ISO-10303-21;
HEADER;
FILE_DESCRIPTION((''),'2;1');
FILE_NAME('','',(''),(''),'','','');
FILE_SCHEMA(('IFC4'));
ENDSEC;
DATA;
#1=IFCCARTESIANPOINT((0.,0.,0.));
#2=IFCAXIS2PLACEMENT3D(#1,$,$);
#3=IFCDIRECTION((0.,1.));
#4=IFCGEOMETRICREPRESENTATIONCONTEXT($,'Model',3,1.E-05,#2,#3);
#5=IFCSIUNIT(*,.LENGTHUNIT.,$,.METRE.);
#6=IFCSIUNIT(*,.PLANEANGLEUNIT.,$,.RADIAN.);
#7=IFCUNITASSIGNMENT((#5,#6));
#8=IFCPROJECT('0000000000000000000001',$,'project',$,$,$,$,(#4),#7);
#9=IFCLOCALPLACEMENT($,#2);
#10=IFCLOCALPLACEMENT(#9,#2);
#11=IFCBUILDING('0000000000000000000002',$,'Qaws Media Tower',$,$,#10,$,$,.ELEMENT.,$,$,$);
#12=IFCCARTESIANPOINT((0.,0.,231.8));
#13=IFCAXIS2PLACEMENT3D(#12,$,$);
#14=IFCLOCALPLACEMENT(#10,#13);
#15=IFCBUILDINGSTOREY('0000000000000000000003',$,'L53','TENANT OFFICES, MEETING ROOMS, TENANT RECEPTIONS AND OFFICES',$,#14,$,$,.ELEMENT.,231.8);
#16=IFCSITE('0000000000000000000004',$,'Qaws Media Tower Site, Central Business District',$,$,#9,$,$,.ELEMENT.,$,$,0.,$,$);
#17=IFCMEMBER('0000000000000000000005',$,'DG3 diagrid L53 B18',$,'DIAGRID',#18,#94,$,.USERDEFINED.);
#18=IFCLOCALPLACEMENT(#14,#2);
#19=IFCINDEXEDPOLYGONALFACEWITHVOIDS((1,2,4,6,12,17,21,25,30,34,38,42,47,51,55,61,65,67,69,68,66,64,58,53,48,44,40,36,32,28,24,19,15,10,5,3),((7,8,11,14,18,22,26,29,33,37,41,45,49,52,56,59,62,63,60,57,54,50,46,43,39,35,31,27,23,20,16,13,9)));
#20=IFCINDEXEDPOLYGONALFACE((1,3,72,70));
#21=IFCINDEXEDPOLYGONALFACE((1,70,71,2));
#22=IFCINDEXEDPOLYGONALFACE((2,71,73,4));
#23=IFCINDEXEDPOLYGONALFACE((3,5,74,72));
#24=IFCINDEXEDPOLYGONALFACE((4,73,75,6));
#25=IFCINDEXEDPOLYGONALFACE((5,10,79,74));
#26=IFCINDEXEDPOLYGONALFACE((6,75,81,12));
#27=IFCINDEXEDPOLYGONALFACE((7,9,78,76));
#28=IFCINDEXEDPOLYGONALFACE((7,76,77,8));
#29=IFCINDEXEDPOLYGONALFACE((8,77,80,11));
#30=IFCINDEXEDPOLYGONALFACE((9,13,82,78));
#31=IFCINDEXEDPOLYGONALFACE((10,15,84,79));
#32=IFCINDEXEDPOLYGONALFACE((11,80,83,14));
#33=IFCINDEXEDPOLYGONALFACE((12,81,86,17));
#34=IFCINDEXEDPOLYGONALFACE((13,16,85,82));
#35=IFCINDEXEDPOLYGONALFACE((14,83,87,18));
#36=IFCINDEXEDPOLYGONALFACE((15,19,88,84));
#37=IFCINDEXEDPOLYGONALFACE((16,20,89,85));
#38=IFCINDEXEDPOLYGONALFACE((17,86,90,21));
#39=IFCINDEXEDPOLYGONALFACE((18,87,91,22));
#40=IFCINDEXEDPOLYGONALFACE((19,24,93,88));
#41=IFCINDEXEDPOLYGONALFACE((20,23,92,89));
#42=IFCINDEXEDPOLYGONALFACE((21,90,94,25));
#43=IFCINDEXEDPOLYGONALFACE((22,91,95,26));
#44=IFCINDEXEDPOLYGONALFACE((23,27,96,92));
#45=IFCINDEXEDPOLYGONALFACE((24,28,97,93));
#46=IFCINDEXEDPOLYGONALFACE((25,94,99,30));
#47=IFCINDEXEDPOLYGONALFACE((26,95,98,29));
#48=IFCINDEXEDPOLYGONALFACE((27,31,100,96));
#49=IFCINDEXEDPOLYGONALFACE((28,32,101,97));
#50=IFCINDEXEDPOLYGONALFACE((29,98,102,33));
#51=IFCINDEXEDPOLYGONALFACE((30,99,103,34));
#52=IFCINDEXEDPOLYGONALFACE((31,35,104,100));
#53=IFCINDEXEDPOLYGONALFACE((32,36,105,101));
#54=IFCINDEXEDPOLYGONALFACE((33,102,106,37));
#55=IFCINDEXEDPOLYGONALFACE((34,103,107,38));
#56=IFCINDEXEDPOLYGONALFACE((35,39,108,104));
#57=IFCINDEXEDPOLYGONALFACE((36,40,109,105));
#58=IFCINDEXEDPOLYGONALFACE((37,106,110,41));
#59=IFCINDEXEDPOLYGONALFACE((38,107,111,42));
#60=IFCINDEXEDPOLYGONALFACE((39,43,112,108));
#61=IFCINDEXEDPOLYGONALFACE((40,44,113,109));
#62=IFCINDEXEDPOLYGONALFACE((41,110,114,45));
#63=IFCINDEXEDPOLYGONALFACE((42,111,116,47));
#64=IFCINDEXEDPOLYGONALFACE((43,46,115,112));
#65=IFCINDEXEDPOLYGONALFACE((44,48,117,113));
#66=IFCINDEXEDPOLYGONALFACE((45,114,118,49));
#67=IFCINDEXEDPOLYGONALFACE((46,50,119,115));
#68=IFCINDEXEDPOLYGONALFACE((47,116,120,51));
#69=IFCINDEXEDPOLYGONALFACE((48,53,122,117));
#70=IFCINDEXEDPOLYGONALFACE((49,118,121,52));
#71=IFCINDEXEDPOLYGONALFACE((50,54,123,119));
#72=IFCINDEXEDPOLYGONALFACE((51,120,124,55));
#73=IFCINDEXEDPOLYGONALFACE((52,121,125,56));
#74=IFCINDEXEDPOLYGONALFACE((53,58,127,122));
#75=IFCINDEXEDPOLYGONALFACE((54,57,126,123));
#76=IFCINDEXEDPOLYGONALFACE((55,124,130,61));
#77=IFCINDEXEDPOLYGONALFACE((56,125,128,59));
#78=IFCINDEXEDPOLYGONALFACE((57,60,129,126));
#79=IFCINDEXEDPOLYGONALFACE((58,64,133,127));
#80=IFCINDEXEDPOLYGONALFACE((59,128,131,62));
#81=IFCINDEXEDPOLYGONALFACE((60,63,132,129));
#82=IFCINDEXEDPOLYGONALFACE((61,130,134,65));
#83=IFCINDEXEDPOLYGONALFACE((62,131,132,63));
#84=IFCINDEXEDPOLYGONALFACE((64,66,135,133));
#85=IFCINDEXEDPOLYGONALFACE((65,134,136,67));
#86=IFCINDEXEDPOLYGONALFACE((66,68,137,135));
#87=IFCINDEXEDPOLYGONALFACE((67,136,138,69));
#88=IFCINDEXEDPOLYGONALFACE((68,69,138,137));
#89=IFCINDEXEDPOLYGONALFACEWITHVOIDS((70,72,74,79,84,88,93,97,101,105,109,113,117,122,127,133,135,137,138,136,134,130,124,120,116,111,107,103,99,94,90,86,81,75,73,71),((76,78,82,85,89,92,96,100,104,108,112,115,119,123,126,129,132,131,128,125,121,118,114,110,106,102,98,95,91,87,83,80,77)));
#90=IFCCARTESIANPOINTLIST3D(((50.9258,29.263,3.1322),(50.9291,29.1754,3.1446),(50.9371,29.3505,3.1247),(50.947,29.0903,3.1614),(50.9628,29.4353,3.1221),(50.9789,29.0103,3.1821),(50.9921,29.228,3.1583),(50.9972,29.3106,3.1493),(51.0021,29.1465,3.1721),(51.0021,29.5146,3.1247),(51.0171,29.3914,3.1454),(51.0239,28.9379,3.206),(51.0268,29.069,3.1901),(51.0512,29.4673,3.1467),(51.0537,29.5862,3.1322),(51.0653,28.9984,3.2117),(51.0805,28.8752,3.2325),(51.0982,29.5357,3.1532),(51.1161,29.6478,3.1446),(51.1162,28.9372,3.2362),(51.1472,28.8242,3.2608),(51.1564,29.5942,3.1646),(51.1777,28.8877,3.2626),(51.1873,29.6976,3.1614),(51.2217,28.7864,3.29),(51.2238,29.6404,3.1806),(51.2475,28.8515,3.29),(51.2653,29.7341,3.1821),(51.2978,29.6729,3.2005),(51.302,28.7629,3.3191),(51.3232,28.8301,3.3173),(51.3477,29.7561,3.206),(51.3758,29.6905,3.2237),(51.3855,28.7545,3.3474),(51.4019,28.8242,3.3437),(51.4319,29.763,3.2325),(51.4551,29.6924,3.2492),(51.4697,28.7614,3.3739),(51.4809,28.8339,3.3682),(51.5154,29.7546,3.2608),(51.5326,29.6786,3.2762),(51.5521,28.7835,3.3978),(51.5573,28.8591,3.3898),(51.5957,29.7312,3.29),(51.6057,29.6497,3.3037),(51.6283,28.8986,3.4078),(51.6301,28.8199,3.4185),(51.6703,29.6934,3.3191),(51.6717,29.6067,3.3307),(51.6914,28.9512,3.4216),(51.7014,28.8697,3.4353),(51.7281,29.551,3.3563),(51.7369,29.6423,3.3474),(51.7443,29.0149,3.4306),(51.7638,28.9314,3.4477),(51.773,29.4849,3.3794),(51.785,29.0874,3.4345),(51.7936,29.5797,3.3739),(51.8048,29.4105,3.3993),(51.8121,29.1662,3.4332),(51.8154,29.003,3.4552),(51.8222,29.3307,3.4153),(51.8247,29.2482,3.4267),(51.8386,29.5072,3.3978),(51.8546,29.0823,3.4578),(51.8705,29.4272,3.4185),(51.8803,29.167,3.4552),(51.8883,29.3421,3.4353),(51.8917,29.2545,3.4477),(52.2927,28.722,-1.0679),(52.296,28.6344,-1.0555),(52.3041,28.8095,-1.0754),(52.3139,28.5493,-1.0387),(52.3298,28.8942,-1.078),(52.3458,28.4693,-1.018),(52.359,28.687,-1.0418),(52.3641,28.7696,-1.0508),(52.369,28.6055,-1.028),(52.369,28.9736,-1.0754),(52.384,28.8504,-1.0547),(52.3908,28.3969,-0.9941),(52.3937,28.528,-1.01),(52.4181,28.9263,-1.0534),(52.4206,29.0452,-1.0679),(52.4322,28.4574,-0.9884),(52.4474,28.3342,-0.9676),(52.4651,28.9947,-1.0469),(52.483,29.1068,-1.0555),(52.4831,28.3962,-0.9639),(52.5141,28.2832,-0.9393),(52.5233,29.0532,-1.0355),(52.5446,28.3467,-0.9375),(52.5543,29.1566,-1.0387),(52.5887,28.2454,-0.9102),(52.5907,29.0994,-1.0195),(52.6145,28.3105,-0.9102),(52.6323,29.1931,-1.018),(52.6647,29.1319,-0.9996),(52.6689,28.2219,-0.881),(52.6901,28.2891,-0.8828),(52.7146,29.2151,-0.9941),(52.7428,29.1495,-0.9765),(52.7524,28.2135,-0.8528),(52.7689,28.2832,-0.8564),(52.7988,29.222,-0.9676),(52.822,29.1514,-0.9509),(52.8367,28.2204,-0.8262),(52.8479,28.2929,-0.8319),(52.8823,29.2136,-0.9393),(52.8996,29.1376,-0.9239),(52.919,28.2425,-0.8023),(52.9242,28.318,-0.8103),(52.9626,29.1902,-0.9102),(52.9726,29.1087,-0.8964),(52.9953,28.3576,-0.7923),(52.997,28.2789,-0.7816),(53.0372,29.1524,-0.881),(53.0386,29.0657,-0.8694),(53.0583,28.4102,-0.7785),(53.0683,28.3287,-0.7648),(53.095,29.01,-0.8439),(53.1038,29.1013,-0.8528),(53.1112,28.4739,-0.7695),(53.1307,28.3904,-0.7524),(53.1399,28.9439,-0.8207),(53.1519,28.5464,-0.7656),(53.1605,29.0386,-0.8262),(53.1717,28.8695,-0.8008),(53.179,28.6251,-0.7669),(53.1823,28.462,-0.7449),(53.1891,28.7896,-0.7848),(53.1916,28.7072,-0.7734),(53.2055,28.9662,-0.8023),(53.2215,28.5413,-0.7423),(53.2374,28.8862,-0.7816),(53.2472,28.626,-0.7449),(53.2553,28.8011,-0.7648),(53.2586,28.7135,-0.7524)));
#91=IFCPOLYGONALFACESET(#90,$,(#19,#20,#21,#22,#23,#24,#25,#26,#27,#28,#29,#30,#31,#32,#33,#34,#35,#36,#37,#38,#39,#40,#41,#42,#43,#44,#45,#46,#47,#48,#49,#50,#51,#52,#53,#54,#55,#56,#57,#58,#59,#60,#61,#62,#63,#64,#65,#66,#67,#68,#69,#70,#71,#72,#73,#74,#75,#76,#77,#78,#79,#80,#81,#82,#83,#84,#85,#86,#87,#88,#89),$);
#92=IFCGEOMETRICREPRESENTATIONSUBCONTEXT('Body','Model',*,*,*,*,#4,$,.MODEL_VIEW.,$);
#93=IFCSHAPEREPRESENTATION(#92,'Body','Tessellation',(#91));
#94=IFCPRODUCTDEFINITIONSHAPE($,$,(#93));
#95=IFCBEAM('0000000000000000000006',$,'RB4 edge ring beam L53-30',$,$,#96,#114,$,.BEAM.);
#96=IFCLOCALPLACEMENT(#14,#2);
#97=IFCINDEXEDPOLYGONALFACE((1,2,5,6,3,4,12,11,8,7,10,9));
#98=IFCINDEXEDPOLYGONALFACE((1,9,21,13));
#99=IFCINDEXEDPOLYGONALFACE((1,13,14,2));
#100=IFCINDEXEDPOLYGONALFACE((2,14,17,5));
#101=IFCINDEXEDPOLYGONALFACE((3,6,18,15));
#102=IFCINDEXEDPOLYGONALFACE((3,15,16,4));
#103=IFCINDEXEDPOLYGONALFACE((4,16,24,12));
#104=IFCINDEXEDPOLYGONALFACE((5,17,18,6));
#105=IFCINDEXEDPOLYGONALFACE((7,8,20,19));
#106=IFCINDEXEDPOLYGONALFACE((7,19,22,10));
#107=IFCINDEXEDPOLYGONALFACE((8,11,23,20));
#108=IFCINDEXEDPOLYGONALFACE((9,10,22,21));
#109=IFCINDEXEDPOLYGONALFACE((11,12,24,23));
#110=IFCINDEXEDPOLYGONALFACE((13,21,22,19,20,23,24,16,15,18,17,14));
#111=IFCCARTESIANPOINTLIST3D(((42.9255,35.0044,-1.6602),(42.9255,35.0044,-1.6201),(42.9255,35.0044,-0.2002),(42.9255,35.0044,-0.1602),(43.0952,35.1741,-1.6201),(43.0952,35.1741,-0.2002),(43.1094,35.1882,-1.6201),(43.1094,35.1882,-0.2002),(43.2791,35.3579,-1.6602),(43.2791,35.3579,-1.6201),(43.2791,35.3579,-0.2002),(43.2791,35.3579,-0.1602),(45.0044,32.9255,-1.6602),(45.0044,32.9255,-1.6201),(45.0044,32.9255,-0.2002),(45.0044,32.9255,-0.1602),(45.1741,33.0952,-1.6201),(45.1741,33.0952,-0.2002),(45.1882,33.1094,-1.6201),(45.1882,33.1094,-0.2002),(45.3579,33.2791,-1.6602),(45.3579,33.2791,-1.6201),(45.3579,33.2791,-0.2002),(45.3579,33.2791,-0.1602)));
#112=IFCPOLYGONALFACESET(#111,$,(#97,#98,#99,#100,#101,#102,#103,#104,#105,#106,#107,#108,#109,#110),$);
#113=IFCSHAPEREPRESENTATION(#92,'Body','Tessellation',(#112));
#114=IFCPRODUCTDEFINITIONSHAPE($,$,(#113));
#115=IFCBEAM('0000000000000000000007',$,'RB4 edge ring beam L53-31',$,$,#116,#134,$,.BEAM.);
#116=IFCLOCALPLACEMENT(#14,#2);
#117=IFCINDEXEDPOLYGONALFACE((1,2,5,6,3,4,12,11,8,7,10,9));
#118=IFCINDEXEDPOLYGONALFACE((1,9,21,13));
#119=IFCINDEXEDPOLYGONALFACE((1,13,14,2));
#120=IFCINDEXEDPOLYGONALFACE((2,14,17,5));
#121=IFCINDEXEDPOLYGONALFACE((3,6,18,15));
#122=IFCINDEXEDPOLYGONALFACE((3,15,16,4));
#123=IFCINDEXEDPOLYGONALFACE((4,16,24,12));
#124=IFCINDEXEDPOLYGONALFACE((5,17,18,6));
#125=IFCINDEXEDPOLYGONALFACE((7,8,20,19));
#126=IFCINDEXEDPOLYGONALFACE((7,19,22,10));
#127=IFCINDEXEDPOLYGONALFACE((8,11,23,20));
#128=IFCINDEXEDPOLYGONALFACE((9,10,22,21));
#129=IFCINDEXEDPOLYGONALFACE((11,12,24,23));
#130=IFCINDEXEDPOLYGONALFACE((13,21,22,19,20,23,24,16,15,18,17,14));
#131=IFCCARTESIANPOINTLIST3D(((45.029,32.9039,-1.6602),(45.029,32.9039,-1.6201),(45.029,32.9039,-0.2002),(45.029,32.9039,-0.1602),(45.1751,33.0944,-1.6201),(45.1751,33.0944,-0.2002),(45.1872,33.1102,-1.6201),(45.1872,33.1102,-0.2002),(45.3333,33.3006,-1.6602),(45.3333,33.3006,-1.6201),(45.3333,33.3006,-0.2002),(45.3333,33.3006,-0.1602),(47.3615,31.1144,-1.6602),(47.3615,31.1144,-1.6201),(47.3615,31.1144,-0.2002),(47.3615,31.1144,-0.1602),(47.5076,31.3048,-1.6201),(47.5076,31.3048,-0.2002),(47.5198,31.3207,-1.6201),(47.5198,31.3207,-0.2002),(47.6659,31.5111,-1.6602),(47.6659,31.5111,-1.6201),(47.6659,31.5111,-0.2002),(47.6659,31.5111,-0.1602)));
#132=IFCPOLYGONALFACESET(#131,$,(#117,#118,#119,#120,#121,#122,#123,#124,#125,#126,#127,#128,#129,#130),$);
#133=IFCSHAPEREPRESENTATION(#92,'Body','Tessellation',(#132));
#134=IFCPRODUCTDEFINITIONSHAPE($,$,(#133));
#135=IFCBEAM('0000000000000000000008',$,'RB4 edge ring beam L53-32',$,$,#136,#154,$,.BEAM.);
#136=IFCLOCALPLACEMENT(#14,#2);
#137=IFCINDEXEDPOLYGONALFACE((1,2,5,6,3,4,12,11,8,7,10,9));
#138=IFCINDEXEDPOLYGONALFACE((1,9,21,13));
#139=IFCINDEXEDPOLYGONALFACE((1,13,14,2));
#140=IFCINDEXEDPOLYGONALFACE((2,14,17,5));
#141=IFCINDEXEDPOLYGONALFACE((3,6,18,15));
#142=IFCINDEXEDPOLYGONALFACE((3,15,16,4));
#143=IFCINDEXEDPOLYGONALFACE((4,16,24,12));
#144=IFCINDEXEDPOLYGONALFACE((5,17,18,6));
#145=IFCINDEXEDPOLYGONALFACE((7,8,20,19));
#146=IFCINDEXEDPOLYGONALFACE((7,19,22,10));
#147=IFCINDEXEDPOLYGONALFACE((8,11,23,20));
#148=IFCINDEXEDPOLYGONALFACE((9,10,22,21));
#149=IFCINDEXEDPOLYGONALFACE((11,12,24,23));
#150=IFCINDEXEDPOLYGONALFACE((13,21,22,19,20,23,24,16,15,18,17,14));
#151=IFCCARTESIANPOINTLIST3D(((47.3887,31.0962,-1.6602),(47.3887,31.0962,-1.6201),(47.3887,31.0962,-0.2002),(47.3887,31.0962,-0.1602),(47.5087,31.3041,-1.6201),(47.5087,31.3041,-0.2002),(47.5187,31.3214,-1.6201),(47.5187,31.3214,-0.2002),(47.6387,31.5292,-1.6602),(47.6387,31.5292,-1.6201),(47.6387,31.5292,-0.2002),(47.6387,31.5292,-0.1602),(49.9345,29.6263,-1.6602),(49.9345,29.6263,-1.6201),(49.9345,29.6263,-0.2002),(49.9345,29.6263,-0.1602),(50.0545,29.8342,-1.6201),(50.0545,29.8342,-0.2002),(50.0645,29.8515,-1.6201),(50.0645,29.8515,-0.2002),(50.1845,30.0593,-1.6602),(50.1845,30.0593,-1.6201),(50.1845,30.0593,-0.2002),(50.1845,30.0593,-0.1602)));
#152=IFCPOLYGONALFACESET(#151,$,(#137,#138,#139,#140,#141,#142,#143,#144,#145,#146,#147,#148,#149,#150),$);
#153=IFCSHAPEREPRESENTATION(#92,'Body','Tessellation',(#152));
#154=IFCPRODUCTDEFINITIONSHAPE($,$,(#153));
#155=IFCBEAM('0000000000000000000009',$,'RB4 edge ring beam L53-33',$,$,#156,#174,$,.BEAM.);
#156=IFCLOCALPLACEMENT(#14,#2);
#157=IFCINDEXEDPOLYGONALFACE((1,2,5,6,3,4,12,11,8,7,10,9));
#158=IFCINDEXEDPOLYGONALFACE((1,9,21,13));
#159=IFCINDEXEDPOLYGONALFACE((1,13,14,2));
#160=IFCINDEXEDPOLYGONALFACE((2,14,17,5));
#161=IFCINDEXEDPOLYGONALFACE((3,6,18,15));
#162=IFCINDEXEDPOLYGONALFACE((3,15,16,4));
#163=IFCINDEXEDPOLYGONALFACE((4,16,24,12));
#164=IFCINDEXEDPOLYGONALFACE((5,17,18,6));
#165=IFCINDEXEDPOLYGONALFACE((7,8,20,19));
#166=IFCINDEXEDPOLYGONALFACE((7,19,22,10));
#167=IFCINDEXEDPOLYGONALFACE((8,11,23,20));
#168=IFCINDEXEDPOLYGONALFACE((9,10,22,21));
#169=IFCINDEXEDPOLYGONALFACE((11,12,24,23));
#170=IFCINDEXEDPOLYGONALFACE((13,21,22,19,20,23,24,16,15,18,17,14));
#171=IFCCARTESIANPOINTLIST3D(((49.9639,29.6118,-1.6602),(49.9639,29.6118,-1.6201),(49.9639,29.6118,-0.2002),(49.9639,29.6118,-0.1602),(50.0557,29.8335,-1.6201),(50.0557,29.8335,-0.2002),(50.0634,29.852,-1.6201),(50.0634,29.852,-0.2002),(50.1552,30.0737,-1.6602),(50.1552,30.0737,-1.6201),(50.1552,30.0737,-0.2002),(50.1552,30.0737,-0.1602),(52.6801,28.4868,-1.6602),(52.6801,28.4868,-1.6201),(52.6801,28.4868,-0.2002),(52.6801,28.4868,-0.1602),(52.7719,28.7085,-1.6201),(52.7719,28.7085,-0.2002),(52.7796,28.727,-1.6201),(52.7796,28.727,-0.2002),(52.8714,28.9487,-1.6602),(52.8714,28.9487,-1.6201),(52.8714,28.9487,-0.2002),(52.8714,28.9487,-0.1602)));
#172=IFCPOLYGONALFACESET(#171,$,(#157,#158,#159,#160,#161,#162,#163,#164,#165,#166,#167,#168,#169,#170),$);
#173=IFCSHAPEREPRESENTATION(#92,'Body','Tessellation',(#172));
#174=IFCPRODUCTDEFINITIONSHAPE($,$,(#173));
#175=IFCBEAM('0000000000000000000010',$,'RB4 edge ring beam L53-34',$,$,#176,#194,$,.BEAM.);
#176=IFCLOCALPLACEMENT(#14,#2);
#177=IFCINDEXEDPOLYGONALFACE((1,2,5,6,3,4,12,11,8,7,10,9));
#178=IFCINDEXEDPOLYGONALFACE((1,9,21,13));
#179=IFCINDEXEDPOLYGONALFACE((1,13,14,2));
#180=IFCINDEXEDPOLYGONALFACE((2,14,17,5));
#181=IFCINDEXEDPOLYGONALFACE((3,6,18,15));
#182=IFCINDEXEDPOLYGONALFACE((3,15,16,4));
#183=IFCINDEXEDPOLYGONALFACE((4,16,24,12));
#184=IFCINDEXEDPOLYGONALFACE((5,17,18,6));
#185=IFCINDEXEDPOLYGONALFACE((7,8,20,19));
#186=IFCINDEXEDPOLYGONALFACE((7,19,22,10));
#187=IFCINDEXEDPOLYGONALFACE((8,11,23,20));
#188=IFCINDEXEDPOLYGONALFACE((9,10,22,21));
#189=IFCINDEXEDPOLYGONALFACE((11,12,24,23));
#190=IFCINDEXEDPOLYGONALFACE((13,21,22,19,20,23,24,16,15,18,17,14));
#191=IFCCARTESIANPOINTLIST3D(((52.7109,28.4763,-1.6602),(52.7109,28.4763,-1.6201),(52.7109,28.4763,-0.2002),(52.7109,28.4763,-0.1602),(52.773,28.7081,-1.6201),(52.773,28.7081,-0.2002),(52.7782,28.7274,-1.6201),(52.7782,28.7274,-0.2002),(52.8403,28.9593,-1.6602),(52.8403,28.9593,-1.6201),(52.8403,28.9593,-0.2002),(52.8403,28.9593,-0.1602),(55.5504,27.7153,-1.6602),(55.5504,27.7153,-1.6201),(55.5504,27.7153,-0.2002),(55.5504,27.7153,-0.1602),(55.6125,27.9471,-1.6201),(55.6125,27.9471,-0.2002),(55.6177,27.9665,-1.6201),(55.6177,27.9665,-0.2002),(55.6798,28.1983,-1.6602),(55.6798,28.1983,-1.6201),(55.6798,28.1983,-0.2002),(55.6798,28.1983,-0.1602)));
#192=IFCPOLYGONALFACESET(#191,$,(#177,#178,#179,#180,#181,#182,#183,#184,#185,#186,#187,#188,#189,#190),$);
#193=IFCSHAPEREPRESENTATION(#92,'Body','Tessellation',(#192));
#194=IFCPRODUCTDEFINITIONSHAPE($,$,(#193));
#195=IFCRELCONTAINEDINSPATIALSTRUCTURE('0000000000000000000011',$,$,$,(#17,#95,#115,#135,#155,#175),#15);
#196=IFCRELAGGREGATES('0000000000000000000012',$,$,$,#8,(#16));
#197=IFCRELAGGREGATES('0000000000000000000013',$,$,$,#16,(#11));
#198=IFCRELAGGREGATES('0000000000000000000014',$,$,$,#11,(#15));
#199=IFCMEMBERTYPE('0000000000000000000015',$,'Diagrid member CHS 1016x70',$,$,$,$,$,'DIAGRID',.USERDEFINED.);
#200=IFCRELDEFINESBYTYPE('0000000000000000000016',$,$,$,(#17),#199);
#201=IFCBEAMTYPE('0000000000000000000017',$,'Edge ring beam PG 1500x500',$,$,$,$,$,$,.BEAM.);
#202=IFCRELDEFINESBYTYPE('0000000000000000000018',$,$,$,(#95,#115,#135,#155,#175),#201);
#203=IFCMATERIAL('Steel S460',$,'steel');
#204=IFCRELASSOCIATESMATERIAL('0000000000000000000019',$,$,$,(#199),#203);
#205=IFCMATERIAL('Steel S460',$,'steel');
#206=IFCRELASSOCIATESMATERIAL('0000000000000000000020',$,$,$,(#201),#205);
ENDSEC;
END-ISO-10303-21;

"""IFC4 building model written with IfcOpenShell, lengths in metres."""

from ifc_helpers import new_model, si_unit, direction, frame, origin, origin_2d, place, context, subcontext, project, spatial, hollow_circle, i_section, extrude, material, material_profile, profile_set, type_object, element, save


model = new_model("IFC4")

# Units and contexts
model_context = context("Model", 3, precision=1e-05, world=origin(), true_north=direction((0.0, 1.0)))
body_context = subcontext(model_context, "Body", "Model", "MODEL_VIEW")
ifc_project = project(units=[si_unit("LENGTHUNIT", "METRE"), si_unit("PLANEANGLEUNIT", "RADIAN")], contexts=[model_context])

# Site, building, storey
site_placement = place(None, origin())
site = spatial("IfcSite", under=ifc_project, at=site_placement, Name="Qaws Media Tower Site, Central Business District", CompositionType="ELEMENT", RefElevation=0.0)
building_placement = place(site_placement, origin())
building = spatial("IfcBuilding", under=site, at=building_placement, Name="Qaws Media Tower", CompositionType="ELEMENT")
storey_placement = place(building_placement, frame((0.0, 0.0, 231.8)))
storey = spatial("IfcBuildingStorey", under=building, at=storey_placement, Name="L53", Description="TENANT OFFICES, MEETING ROOMS, TENANT RECEPTIONS AND OFFICES", CompositionType="ELEMENT", Elevation=231.8)

# Member
ifc_material_1 = material(Name="Steel S460", Category="steel")
ifc_material_profile_1 = material_profile(ifc_material_1, hollow_circle(Radius=0.5081, WallThickness=0.0701, at=origin_2d()), Name="CHS 1016x70")
ifc_profile_set_1 = profile_set([ifc_material_profile_1], Name="Steel S460")
member_type_1 = type_object("IfcMemberType", Name="Diagrid member CHS 1016x70", ElementType="DIAGRID", PredefinedType="USERDEFINED", material=ifc_profile_set_1)
member_1_placement = place(storey_placement, frame((52.7756, 28.7178, -0.9102), z_axis=(-0.307175, 0.121575, 0.943855), x_axis=(-0.36801, -0.929822, 0.0)))
element("IfcMember", 1, at=member_1_placement, inside=storey, type_object=member_type_1, Name="DG3 diagrid L53 B18", ObjectType="DIAGRID", PredefinedType="USERDEFINED", context=body_context, shape_type="SweptSolid", body=[
    extrude(hollow_circle(Radius=0.5081, WallThickness=0.0701, at=origin_2d()), origin(), (0.0, 0.0, 1.0), 4.45),
])

# Beams
ifc_material_2 = material(Name="Steel S460", Category="steel")
ifc_material_profile_2 = material_profile(ifc_material_2, i_section(OverallWidth=0.5, OverallDepth=1.5, WebThickness=0.02, FlangeThickness=0.04, at=origin_2d()), Name="PG 1500x500")
ifc_profile_set_2 = profile_set([ifc_material_profile_2], Name="Steel S460")
beam_type = type_object("IfcBeamType", Name="Edge ring beam PG 1500x500", PredefinedType="BEAM", material=ifc_profile_set_2)
for number, where, z_axis, x_axis, name in (
    (2, (43.1023, 35.1812, -0.9102), (0.707107, -0.707107, 0.0), (0.707107, 0.707107, 0.0), "RB4 edge ring beam L53-30"),
    (3, (45.1812, 33.1023, -0.9102), (0.793395, -0.608707, 0.0), (0.608707, 0.793395, 0.0), "RB4 edge ring beam L53-31"),
):
    element("IfcBeam", number, at=place(storey_placement, frame(where, z_axis=z_axis, x_axis=x_axis)), inside=storey, type_object=beam_type, Name=name, PredefinedType="BEAM", context=body_context, shape_type="SweptSolid", body=[
        extrude(i_section(OverallWidth=0.5, OverallDepth=1.5, WebThickness=0.02, FlangeThickness=0.04, at=origin_2d()), origin(), (0.0, 0.0, 1.0), 2.9399),
    ])
beam_1_placement = place(storey_placement, frame((47.5137, 31.3127, -0.9102), z_axis=(0.866011, -0.500024, 0.0), x_axis=(0.500024, 0.866011, 0.0)))
element("IfcBeam", 4, at=beam_1_placement, inside=storey, type_object=beam_type, Name="RB4 edge ring beam L53-32", PredefinedType="BEAM", context=body_context, shape_type="SweptSolid", body=[
    extrude(i_section(OverallWidth=0.5, OverallDepth=1.5, WebThickness=0.02, FlangeThickness=0.04, at=origin_2d()), origin(), (0.0, 0.0, 1.0), 2.9397),
])
beam_2_placement = place(storey_placement, frame((50.0596, 29.8428, -0.9102), z_axis=(0.923883, -0.382675, 0.0), x_axis=(0.382675, 0.923883, 0.0)))
element("IfcBeam", 5, at=beam_2_placement, inside=storey, type_object=beam_type, Name="RB4 edge ring beam L53-33", PredefinedType="BEAM", context=body_context, shape_type="SweptSolid", body=[
    extrude(i_section(OverallWidth=0.5, OverallDepth=1.5, WebThickness=0.02, FlangeThickness=0.04, at=origin_2d()), origin(), (0.0, 0.0, 1.0), 2.9399),
])
beam_3_placement = place(storey_placement, frame((52.7756, 28.7178, -0.9102), z_axis=(0.965916, -0.258856, 0.0), x_axis=(0.258856, 0.965916, 0.0)))
element("IfcBeam", 6, at=beam_3_placement, inside=storey, type_object=beam_type, Name="RB4 edge ring beam L53-34", PredefinedType="BEAM", context=body_context, shape_type="SweptSolid", body=[
    extrude(i_section(OverallWidth=0.5, OverallDepth=1.5, WebThickness=0.02, FlangeThickness=0.04, at=origin_2d()), origin(), (0.0, 0.0, 1.0), 2.9397),
])

save(model, "model.ifc")
